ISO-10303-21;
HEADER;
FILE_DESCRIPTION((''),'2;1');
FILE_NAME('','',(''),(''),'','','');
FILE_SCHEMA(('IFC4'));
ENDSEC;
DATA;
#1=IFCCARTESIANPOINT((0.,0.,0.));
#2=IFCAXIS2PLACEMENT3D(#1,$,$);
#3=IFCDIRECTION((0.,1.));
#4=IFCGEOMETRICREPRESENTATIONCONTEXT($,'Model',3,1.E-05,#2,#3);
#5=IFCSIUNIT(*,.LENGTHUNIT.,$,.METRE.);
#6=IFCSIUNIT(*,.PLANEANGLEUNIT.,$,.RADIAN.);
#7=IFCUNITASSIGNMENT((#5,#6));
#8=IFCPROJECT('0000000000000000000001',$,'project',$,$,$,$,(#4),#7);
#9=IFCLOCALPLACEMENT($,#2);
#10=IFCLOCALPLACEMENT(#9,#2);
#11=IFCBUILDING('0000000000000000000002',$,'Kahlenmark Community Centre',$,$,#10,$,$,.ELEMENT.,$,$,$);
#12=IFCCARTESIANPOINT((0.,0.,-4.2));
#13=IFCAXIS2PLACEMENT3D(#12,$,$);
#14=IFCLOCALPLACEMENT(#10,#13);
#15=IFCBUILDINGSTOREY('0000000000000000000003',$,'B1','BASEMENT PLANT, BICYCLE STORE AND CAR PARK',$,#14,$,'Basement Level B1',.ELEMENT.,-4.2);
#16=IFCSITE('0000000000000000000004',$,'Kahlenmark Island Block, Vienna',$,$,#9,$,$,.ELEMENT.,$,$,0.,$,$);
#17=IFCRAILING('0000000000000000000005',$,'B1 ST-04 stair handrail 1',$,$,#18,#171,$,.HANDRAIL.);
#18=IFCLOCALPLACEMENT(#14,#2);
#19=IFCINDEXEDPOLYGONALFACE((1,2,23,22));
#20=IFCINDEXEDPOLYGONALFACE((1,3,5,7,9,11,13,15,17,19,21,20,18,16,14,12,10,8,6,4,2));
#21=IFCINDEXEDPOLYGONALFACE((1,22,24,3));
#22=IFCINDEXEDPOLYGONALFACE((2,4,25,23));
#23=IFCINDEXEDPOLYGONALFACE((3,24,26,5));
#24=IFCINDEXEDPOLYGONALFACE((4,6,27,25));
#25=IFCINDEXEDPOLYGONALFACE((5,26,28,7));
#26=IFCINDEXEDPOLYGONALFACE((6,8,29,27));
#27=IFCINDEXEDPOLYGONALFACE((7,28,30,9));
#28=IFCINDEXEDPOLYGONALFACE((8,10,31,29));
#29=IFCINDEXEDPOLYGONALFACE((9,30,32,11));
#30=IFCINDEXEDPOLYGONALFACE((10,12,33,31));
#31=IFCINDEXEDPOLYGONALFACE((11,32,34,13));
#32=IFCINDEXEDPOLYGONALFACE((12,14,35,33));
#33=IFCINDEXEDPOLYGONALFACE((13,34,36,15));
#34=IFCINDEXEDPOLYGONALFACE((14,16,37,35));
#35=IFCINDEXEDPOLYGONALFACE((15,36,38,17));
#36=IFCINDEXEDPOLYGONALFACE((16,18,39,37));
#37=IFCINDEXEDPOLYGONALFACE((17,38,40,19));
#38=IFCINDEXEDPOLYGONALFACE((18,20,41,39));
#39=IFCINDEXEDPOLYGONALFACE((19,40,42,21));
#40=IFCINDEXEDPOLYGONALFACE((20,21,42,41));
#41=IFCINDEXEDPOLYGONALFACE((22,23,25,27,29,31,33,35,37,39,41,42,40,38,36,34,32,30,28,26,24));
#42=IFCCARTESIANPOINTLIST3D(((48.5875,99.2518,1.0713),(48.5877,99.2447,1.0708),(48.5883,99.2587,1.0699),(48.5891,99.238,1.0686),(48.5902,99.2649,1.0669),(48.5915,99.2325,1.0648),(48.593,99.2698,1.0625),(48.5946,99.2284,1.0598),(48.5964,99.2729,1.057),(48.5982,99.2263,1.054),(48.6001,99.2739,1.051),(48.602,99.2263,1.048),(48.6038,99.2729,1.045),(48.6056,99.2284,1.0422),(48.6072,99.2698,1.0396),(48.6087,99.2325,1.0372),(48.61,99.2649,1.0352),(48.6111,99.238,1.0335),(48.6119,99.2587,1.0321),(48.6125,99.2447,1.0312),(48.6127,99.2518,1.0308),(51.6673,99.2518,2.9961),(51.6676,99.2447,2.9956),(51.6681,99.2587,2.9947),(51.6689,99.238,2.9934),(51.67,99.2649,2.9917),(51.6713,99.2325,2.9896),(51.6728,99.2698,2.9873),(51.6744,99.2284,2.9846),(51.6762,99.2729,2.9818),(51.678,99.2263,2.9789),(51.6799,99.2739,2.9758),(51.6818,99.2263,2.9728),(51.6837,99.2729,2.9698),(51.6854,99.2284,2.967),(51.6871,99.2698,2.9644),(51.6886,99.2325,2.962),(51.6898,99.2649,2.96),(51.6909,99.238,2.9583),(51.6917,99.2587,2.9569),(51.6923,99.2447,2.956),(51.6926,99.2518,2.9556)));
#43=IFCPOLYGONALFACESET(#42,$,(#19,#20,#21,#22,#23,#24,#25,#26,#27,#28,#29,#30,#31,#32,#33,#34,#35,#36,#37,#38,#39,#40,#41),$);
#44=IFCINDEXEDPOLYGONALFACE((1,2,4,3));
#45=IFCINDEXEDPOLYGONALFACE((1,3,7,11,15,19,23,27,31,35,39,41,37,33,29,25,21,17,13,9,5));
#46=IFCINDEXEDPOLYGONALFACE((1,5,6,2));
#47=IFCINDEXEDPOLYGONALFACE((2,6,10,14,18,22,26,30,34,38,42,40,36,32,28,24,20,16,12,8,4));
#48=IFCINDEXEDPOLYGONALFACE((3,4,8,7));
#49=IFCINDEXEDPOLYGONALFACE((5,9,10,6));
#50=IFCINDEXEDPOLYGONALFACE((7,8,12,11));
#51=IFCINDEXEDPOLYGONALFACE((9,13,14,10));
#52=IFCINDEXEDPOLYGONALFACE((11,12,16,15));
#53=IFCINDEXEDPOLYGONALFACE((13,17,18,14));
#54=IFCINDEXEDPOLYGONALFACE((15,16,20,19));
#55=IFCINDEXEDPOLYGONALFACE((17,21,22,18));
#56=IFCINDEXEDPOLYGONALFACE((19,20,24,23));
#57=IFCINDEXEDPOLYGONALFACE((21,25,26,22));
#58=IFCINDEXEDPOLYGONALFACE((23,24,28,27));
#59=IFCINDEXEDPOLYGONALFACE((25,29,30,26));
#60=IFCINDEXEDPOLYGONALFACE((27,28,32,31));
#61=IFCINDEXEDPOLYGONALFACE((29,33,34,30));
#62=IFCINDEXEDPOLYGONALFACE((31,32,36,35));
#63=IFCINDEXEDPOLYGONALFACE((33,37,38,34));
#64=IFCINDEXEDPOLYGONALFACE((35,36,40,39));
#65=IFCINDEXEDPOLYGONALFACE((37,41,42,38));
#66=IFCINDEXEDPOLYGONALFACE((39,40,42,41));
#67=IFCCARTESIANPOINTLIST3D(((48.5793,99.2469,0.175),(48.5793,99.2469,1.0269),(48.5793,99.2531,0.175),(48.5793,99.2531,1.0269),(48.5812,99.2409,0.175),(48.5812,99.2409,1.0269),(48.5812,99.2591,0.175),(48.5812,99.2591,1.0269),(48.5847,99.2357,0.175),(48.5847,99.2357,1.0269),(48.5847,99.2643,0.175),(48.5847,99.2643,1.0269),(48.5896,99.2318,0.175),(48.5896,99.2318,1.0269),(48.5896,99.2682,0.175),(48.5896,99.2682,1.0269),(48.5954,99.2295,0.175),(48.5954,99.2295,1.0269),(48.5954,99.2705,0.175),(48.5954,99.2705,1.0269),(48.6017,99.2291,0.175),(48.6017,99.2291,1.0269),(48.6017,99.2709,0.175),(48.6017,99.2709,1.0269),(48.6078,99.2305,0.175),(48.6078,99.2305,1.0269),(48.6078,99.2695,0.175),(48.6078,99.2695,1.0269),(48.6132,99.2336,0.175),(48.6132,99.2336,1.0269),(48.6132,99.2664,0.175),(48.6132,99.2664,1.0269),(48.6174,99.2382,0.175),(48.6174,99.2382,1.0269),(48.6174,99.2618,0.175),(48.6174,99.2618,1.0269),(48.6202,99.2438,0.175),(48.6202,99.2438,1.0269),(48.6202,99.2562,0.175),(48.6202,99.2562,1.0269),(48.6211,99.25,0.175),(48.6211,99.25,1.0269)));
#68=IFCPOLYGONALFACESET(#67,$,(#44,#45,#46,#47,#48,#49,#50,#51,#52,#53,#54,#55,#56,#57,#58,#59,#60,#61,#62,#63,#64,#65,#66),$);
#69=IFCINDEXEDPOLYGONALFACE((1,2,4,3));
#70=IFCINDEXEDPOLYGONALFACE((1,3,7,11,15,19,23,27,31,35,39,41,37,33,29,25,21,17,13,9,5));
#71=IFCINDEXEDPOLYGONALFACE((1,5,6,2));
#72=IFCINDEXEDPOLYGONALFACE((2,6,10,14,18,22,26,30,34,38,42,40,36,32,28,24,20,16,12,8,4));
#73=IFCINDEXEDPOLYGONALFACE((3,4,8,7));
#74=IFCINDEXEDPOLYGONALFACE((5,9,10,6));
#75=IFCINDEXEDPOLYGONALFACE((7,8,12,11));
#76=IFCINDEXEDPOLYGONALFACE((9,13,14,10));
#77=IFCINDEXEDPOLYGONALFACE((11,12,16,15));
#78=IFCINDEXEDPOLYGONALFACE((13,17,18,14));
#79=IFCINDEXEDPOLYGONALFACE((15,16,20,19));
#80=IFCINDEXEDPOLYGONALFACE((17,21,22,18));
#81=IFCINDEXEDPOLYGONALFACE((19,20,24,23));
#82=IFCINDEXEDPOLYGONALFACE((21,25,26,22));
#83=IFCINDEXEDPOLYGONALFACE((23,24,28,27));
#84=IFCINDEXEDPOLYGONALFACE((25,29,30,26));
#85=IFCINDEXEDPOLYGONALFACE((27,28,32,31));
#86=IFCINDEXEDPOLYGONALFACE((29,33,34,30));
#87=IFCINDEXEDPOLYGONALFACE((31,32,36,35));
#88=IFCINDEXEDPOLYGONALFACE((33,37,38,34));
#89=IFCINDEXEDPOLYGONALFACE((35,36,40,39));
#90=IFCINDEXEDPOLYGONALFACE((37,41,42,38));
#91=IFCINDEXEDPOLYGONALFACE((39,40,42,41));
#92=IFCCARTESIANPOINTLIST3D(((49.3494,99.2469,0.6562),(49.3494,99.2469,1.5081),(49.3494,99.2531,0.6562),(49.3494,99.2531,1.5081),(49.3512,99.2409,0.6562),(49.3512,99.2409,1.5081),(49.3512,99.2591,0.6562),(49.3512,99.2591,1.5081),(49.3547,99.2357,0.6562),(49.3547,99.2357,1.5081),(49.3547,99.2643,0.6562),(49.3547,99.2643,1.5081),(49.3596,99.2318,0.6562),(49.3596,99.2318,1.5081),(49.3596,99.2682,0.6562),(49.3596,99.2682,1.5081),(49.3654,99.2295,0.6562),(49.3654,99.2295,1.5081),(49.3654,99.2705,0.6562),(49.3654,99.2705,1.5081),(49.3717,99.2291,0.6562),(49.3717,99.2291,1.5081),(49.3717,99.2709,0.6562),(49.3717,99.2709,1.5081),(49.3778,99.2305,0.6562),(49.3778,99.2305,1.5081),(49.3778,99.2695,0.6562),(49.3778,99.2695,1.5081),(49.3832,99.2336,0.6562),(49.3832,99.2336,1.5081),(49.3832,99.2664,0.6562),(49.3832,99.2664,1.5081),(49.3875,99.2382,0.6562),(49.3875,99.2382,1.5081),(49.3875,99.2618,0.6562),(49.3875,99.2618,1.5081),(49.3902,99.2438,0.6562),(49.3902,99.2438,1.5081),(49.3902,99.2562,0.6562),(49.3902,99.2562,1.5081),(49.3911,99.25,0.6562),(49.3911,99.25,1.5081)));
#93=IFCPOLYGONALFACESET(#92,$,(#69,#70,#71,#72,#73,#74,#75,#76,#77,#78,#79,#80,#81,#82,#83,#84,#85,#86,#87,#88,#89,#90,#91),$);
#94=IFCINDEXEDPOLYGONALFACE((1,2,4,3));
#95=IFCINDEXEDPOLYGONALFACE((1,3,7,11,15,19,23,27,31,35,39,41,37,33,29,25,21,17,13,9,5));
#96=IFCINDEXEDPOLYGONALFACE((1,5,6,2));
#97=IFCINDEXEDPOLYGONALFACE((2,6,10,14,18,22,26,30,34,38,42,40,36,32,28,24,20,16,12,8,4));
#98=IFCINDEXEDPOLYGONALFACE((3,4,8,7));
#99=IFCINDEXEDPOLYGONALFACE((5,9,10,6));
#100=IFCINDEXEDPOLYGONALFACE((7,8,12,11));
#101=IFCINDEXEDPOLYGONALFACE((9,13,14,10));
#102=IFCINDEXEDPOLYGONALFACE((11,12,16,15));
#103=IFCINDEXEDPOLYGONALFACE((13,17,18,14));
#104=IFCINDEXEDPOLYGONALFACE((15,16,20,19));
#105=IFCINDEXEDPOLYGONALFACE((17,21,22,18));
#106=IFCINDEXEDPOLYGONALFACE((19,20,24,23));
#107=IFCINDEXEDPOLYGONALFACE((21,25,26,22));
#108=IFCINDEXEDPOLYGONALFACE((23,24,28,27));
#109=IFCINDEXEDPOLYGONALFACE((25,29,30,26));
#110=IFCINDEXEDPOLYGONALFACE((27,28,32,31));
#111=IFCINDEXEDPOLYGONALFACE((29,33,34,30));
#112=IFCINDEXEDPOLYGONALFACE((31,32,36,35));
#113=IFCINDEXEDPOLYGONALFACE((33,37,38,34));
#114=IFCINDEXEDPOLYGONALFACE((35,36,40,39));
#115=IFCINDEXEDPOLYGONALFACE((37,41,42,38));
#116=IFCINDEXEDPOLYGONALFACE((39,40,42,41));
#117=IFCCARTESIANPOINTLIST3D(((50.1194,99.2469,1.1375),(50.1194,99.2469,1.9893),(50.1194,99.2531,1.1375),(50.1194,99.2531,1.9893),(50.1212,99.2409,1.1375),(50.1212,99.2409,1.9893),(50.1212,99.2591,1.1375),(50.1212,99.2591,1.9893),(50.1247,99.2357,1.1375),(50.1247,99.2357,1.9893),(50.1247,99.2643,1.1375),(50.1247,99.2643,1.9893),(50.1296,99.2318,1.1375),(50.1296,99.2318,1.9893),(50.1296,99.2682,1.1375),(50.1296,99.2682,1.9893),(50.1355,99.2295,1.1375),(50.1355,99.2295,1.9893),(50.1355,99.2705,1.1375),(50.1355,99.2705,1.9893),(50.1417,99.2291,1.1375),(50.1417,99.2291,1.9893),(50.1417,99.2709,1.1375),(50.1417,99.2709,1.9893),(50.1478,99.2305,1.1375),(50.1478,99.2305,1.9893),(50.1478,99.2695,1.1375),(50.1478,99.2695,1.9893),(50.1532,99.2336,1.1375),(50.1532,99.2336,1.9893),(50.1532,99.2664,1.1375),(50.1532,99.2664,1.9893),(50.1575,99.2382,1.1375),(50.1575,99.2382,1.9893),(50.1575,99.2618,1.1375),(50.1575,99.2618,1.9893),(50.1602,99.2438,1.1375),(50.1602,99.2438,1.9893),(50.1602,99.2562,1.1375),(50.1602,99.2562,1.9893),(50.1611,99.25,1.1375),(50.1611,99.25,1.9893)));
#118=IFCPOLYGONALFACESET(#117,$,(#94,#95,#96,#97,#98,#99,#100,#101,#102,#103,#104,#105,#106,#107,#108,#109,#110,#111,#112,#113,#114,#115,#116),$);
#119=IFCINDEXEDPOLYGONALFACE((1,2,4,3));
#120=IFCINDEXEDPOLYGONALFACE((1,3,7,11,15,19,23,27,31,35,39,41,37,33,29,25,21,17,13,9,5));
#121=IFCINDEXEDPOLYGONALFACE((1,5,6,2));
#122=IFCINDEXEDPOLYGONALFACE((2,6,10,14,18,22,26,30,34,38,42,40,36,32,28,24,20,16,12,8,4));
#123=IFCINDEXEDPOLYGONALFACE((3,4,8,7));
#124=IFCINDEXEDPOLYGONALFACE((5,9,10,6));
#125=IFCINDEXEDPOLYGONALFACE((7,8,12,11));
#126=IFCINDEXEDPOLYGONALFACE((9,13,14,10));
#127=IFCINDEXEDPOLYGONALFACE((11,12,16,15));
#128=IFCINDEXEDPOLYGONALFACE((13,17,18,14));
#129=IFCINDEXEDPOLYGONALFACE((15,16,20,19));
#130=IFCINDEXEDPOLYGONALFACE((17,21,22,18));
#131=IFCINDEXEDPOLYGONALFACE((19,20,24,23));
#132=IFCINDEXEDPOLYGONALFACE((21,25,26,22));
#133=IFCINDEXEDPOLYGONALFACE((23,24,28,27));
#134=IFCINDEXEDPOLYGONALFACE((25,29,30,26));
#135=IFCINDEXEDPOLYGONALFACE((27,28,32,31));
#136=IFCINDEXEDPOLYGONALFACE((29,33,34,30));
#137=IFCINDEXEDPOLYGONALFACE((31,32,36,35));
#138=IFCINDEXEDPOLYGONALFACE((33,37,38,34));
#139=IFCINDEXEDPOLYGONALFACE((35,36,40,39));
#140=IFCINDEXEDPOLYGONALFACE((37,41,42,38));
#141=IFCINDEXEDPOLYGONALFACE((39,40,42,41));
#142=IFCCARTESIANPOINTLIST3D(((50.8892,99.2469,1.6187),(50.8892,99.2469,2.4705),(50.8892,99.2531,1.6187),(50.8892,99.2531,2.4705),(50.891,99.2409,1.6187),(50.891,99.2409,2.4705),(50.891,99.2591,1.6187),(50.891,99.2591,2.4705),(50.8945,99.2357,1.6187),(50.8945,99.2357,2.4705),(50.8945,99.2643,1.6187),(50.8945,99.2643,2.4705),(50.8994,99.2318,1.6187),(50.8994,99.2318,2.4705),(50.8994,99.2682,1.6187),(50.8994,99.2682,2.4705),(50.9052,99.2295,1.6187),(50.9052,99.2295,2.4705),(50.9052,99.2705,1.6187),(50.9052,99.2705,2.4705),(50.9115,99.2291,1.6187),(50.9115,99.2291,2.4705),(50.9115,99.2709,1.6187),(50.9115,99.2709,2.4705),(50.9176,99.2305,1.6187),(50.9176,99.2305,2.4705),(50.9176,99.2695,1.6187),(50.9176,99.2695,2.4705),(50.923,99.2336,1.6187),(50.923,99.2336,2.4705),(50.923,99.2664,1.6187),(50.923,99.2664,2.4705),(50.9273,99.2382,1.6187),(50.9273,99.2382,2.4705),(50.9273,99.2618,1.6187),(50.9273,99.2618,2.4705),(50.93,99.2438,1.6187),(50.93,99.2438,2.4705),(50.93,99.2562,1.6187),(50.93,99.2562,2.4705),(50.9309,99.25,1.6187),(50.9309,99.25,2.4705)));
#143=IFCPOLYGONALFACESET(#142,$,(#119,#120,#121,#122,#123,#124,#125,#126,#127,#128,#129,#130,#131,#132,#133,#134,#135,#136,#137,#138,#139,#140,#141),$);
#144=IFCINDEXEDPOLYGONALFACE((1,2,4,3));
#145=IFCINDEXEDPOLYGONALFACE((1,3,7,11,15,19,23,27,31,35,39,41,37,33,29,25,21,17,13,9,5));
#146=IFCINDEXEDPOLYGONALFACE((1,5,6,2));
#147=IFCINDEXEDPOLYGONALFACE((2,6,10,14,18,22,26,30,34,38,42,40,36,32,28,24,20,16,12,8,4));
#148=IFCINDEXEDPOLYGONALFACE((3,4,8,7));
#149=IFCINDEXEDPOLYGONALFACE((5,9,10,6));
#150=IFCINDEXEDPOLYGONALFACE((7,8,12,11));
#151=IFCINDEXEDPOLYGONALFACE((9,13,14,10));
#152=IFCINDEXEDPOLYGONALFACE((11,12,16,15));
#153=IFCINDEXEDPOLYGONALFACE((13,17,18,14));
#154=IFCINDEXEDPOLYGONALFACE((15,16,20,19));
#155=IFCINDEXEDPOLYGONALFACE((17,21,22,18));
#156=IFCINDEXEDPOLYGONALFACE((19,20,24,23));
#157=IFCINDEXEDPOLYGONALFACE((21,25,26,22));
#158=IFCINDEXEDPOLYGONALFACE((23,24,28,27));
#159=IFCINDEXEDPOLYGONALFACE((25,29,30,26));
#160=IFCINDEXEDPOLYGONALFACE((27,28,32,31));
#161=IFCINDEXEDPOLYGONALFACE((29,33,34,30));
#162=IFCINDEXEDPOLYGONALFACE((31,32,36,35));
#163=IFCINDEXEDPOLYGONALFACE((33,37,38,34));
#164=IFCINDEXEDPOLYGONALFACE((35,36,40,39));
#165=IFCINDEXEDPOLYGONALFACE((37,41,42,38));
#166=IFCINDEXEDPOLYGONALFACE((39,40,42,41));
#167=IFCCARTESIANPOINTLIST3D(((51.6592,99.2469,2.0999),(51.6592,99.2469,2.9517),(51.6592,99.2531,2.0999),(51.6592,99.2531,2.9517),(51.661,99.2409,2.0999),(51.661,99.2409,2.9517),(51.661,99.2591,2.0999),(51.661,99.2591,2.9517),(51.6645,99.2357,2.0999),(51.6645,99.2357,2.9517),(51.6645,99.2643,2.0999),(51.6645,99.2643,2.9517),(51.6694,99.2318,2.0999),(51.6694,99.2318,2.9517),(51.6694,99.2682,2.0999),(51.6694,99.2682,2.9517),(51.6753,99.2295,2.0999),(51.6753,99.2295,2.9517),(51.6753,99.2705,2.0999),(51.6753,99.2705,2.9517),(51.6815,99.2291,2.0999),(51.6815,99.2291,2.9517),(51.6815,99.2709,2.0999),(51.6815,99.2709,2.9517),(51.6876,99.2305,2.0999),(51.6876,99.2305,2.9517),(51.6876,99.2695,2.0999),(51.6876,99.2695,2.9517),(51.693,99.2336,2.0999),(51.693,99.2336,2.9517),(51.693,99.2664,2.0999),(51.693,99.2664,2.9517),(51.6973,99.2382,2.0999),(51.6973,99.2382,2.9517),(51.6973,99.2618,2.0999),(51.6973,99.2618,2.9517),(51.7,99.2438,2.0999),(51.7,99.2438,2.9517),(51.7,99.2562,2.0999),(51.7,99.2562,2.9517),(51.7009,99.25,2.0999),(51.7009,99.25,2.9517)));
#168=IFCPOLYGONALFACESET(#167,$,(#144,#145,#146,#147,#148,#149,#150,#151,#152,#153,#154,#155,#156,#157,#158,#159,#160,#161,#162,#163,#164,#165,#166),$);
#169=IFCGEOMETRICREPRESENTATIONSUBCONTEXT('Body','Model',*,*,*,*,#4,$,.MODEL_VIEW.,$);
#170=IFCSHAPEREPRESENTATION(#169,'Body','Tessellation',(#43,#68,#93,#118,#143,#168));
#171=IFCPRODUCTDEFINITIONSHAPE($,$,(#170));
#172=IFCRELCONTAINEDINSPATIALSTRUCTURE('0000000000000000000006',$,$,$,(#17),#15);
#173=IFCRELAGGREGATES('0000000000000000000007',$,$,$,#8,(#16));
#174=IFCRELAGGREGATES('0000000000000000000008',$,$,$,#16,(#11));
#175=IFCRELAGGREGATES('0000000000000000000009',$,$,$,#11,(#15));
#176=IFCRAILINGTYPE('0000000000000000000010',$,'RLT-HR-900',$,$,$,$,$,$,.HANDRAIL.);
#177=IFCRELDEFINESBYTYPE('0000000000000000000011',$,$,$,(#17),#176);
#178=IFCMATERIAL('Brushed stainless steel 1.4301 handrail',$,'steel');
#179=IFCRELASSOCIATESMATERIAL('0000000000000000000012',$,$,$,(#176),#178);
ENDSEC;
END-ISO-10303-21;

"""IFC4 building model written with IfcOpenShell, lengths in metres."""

from ifc_helpers import new_model, si_unit, direction, frame, origin, origin_2d, place, context, subcontext, project, spatial, circle, extrude, material, type_object, element, save


model = new_model("IFC4")

# Units and contexts
model_context = context("Model", 3, precision=1e-05, world=origin(), true_north=direction((0.0, 1.0)))
body_context = subcontext(model_context, "Body", "Model", "MODEL_VIEW")
ifc_project = project(units=[si_unit("LENGTHUNIT", "METRE"), si_unit("PLANEANGLEUNIT", "RADIAN")], contexts=[model_context])

# Site, building, storey
site_placement = place(None, origin())
site = spatial("IfcSite", under=ifc_project, at=site_placement, Name="Kahlenmark Island Block, Vienna", CompositionType="ELEMENT", RefElevation=0.0)
building_placement = place(site_placement, origin())
building = spatial("IfcBuilding", under=site, at=building_placement, Name="Kahlenmark Community Centre", CompositionType="ELEMENT")
storey_placement = place(building_placement, frame((0.0, 0.0, -4.2)))
storey = spatial("IfcBuildingStorey", under=building, at=storey_placement, Name="B1", Description="BASEMENT PLANT, BICYCLE STORE AND CAR PARK", LongName="Basement Level B1", CompositionType="ELEMENT", Elevation=-4.2)

# Railing
ifc_material_1 = material(Name="Brushed stainless steel 1.4301 handrail", Category="steel")
railing_type_1 = type_object("IfcRailingType", Name="RLT-HR-900", PredefinedType="HANDRAIL", material=ifc_material_1)
railing_1_placement = place(storey_placement, frame((48.6001, 99.25, 0.175)))
element("IfcRailing", 1, at=railing_1_placement, inside=storey, type_object=railing_type_1, Name="B1 ST-04 stair handrail 1", PredefinedType="HANDRAIL", context=body_context, shape_type="SweptSolid", body=[
    extrude(circle(Radius=0.0239, at=origin_2d()), frame((0.0, 0.0, 0.876), z_axis=(0.84801, 0.0, 0.529981), x_axis=(0.0, 1.0, 0.0)), (0.0, 0.0, 1.0), 3.6318),
    extrude(circle(Radius=0.021, at=origin_2d()), origin(), (0.0, 0.0, 1.0), 0.8518),
    extrude(circle(Radius=0.021, at=origin_2d()), frame((0.77, 0.0, 0.4812)), (0.0, 0.0, 1.0), 0.8518),
    extrude(circle(Radius=0.021, at=origin_2d()), frame((1.54, 0.0, 0.9624)), (0.0, 0.0, 1.0), 0.8518),
    extrude(circle(Radius=0.021, at=origin_2d()), frame((2.3098, 0.0, 1.4436)), (0.0, 0.0, 1.0), 0.8518),
    extrude(circle(Radius=0.021, at=origin_2d()), frame((3.0798, 0.0, 1.9248)), (0.0, 0.0, 1.0), 0.8518),
])

save(model, "model.ifc")
